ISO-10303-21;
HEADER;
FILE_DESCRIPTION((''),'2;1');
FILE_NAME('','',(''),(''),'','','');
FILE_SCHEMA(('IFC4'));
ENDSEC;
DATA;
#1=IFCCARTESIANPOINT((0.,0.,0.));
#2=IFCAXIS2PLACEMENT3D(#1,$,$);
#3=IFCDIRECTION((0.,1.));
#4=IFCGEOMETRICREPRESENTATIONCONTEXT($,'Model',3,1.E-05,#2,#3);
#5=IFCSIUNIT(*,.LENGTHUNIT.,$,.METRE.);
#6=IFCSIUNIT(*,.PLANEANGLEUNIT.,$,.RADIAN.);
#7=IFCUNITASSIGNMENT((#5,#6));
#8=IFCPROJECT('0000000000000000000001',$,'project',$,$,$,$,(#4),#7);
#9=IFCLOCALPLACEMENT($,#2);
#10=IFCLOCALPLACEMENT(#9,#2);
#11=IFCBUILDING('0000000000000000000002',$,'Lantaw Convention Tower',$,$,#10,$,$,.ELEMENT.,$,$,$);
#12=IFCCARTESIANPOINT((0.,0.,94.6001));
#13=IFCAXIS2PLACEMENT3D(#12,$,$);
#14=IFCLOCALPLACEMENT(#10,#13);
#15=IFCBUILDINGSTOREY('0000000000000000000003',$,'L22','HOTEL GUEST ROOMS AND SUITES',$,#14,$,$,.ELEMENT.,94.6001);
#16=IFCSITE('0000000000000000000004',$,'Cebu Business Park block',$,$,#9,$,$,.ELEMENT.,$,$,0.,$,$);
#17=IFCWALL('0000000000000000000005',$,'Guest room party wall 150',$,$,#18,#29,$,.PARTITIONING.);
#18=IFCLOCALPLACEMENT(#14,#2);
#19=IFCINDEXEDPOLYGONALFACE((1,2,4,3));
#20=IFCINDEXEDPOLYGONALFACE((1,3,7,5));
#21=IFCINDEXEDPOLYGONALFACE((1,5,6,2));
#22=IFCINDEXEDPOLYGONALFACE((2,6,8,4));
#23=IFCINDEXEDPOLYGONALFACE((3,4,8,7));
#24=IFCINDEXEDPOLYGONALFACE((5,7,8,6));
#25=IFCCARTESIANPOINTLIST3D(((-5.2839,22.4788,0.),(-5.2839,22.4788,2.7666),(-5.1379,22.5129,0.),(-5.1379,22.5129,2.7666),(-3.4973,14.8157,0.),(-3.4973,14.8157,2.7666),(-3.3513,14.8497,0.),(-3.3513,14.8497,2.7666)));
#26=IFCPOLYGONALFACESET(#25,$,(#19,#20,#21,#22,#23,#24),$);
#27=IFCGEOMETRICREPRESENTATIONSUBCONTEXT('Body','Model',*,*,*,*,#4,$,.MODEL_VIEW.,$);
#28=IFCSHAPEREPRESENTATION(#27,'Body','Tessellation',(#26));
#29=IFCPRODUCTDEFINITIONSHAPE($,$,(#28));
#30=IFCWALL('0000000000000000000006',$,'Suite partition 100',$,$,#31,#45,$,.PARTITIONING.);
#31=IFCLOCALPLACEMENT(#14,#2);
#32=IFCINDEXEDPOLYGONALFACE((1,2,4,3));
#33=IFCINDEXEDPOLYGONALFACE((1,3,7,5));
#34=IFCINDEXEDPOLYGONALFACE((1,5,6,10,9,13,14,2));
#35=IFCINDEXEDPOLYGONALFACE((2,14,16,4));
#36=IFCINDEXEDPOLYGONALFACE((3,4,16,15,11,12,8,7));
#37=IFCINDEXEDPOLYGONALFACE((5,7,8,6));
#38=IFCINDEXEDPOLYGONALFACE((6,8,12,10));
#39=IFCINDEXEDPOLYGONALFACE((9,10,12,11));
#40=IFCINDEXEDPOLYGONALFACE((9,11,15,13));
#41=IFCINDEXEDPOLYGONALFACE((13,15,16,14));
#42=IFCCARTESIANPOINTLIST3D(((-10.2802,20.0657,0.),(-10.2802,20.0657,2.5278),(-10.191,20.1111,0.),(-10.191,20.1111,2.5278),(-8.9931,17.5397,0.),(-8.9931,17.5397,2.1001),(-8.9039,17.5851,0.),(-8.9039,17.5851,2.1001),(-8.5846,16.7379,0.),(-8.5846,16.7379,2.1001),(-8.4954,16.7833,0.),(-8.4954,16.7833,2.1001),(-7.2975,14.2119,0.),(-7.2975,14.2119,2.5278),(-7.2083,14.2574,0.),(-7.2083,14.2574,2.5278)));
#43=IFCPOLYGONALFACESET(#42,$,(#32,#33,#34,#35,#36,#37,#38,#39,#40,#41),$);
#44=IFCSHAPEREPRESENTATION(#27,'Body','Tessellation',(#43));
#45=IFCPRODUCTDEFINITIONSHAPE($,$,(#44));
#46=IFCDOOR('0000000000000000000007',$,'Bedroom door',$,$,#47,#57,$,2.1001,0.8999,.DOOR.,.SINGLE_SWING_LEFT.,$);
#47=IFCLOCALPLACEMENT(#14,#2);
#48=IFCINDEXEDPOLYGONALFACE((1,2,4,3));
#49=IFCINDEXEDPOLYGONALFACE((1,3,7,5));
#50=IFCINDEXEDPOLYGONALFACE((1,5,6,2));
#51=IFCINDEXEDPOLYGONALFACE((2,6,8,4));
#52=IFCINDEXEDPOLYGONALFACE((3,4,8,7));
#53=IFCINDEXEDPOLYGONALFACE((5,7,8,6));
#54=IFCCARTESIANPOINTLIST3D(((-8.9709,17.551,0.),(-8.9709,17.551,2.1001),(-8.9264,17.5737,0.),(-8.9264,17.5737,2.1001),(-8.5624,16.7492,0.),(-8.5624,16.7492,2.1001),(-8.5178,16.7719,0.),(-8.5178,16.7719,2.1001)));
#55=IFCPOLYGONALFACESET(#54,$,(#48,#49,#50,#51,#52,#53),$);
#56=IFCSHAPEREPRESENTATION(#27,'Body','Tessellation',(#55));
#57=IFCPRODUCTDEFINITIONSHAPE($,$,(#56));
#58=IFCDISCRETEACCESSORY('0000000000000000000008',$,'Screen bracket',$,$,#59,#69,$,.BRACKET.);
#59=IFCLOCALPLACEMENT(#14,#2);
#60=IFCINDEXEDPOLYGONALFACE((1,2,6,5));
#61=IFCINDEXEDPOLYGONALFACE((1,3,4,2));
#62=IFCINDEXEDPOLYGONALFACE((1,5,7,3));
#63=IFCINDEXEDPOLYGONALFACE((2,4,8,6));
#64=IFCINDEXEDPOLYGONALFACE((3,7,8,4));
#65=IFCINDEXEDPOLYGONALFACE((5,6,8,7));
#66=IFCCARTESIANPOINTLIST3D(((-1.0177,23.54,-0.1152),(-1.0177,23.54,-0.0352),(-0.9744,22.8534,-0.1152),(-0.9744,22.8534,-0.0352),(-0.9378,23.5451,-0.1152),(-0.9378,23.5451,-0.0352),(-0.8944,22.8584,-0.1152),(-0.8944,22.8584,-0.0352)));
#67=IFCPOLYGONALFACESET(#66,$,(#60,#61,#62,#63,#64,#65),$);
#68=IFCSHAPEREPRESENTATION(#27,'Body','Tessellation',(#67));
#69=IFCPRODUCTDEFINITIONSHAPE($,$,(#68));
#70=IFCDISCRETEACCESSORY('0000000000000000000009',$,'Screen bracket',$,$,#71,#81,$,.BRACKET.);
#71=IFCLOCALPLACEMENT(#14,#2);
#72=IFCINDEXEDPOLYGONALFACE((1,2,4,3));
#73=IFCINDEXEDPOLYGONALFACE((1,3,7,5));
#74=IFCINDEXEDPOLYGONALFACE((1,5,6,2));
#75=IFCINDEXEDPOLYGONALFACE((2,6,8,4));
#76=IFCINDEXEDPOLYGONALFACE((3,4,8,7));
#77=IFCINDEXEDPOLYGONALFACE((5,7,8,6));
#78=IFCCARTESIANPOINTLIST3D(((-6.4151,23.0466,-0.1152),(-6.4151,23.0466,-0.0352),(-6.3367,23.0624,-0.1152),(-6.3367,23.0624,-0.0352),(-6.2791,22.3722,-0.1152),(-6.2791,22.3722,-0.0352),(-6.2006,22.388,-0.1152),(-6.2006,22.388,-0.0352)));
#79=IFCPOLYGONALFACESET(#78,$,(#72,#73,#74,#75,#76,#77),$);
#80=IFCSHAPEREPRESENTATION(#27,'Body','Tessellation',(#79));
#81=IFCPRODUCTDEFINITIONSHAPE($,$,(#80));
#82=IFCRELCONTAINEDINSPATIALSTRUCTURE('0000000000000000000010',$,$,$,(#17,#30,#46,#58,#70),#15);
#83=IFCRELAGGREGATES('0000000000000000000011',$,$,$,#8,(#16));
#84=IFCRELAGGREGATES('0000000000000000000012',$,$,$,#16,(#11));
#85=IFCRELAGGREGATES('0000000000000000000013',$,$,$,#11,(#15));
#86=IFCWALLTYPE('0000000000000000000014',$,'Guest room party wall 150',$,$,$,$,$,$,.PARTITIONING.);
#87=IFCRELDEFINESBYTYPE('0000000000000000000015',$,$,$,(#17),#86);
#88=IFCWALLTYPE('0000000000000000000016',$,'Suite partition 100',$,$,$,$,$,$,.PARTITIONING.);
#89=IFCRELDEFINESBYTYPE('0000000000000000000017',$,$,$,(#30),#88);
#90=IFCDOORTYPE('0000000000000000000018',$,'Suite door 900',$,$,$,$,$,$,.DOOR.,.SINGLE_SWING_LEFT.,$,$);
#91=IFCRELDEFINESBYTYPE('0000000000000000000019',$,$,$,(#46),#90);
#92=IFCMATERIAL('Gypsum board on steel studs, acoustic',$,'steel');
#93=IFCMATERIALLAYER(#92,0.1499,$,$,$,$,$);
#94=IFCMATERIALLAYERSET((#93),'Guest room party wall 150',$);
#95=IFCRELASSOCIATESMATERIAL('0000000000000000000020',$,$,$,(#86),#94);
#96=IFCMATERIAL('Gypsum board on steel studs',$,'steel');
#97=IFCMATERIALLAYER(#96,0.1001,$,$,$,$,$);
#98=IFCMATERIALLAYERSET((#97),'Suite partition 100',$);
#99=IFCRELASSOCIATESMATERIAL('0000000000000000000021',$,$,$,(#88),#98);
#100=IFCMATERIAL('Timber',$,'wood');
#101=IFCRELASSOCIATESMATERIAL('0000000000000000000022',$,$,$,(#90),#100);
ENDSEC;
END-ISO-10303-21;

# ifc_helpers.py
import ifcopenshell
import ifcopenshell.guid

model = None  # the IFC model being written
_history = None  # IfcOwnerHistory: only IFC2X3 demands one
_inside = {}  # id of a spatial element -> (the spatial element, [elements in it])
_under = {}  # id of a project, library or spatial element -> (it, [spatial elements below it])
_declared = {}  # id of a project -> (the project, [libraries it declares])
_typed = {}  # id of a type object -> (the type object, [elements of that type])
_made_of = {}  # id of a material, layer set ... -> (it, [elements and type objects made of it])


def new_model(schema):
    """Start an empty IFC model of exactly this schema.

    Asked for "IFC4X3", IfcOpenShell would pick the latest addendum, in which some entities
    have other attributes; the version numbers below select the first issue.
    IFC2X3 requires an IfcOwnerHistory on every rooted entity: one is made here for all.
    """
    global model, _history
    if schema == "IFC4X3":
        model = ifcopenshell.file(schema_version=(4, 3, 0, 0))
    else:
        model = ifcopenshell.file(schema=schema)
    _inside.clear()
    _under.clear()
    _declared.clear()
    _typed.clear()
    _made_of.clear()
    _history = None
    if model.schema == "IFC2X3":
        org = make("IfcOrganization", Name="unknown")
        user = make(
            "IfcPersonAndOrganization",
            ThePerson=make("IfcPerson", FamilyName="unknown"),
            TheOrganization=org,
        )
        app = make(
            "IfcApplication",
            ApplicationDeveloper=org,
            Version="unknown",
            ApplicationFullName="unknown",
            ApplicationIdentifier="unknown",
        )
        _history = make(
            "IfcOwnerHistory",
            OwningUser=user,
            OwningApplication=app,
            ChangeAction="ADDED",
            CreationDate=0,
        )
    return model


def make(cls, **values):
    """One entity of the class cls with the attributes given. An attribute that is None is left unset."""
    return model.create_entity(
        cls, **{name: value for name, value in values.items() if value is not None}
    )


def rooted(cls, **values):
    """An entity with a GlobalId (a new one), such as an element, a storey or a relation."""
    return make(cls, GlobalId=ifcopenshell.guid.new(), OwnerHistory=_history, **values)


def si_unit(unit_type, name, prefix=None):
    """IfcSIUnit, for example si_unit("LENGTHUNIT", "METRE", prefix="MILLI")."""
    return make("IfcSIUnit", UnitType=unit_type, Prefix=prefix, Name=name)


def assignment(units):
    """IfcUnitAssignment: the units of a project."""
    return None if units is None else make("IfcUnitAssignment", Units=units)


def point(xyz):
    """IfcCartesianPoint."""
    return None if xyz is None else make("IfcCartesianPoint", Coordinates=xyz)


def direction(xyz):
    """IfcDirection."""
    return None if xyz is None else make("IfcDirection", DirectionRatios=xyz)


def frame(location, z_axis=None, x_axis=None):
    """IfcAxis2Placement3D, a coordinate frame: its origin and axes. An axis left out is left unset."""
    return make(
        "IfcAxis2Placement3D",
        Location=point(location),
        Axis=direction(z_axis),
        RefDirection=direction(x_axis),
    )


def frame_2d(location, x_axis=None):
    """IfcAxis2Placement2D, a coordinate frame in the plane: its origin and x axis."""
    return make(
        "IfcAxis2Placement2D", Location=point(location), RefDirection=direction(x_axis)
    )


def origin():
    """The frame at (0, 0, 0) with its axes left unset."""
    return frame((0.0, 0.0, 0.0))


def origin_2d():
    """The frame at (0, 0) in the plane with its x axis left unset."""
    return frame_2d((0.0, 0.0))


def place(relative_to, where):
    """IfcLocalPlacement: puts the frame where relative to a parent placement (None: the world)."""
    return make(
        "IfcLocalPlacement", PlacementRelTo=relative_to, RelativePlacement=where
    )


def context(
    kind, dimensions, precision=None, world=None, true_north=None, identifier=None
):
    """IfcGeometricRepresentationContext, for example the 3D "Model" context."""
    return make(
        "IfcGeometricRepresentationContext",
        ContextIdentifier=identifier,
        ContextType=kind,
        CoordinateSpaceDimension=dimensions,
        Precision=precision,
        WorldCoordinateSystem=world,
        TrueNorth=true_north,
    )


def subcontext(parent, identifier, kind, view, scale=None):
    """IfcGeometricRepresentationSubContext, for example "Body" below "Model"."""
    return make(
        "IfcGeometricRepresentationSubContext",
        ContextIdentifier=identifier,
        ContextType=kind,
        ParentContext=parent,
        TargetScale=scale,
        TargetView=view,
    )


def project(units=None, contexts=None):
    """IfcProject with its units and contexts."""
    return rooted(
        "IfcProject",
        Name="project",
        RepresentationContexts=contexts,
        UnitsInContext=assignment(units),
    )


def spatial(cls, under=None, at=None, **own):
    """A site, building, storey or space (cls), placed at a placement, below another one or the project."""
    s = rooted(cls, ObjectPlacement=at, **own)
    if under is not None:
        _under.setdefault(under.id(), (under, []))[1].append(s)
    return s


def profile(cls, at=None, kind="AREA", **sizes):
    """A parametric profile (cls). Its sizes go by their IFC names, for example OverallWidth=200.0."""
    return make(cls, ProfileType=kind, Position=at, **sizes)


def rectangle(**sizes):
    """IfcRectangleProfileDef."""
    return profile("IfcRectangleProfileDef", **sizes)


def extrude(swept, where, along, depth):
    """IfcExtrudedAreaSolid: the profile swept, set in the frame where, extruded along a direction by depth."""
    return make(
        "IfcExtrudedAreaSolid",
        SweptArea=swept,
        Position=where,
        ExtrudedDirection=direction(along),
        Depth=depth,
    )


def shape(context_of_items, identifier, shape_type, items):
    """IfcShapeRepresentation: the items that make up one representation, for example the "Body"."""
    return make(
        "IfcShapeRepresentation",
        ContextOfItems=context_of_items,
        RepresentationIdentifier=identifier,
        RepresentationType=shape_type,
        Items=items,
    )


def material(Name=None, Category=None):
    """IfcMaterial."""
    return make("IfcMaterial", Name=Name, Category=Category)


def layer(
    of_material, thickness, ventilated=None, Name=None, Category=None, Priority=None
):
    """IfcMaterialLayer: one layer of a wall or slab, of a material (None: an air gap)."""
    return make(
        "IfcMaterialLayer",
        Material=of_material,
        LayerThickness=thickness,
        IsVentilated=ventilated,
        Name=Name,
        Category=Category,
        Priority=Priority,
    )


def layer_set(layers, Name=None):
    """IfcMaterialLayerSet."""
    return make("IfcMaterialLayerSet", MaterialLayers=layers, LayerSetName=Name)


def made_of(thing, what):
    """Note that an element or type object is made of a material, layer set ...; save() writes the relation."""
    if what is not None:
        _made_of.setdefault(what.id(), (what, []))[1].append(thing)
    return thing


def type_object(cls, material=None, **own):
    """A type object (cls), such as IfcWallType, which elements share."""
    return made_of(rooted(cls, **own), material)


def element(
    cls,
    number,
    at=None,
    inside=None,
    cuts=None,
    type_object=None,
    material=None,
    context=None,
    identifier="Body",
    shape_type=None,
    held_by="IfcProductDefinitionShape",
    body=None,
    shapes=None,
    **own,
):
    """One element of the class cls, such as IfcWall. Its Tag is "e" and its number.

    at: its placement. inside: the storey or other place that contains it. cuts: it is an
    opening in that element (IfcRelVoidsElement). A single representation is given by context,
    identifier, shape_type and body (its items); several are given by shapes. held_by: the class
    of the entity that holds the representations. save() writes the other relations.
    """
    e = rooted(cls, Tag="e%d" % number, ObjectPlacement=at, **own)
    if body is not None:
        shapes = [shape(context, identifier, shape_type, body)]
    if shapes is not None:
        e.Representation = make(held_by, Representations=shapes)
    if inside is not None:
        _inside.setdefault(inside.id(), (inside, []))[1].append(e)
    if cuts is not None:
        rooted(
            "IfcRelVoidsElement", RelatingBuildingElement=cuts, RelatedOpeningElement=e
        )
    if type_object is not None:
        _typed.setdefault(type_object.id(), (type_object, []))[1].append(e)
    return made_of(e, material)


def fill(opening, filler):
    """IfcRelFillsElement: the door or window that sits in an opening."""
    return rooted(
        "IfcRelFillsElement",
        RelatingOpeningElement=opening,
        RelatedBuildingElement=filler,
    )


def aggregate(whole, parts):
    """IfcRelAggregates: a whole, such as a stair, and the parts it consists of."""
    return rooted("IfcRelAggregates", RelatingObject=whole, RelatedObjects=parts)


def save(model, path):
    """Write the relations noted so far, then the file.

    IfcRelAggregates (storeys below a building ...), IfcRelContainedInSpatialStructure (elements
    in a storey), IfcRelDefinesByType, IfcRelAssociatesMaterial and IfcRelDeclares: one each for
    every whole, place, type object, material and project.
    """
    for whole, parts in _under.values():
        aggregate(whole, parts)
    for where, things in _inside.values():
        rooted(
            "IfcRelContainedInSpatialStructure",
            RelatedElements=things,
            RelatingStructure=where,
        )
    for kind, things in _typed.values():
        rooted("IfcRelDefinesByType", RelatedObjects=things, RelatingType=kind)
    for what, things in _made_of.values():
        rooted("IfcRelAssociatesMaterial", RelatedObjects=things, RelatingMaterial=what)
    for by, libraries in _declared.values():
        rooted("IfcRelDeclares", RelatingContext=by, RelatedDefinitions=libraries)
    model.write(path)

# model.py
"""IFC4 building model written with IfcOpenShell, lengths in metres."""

from ifc_helpers import new_model, si_unit, direction, frame, frame_2d, origin, origin_2d, place, context, subcontext, project, spatial, rectangle, extrude, material, layer, layer_set, type_object, element, fill, save


model = new_model("IFC4")

# Units and contexts
model_context = context("Model", 3, precision=1e-05, world=origin(), true_north=direction((0.0, 1.0)))
body_context = subcontext(model_context, "Body", "Model", "MODEL_VIEW")
ifc_project = project(units=[si_unit("LENGTHUNIT", "METRE"), si_unit("PLANEANGLEUNIT", "RADIAN")], contexts=[model_context])

# Site, building, storey
site_placement = place(None, origin())
site = spatial("IfcSite", under=ifc_project, at=site_placement, Name="Cebu Business Park block", CompositionType="ELEMENT", RefElevation=0.0)
building_placement = place(site_placement, origin())
building = spatial("IfcBuilding", under=site, at=building_placement, Name="Lantaw Convention Tower", CompositionType="ELEMENT")
storey_placement = place(building_placement, frame((0.0, 0.0, 94.6001)))
storey = spatial("IfcBuildingStorey", under=building, at=storey_placement, Name="L22", Description="HOTEL GUEST ROOMS AND SUITES", CompositionType="ELEMENT", Elevation=94.6001)

# Wall
ifc_material_1 = material(Name="Gypsum board on steel studs, acoustic", Category="steel")
ifc_layer_1 = layer(ifc_material_1, 0.1499)
ifc_layer_set_1 = layer_set([ifc_layer_1], Name="Guest room party wall 150")
wall_type_1 = type_object("IfcWallType", Name="Guest room party wall 150", PredefinedType="PARTITIONING", material=ifc_layer_set_1)
wall_1_placement = place(storey_placement, frame((-5.2109, 22.4958, 0.0), z_axis=(0.0, 0.0, 1.0), x_axis=(0.227057, -0.973881, 0.0)))
element("IfcWall", 1, at=wall_1_placement, inside=storey, type_object=wall_type_1, Name="Guest room party wall 150", PredefinedType="PARTITIONING", context=body_context, shape_type="SweptSolid", body=[
    extrude(rectangle(XDim=7.8687, YDim=0.1499, at=frame_2d((3.9343, 0.0))), origin(), (0.0, 0.0, 1.0), 2.7666),
])

# Wall, opening, door
ifc_material_2 = material(Name="Gypsum board on steel studs", Category="steel")
ifc_layer_2 = layer(ifc_material_2, 0.1001)
ifc_layer_set_2 = layer_set([ifc_layer_2], Name="Suite partition 100")
wall_type_2 = type_object("IfcWallType", Name="Suite partition 100", PredefinedType="PARTITIONING", material=ifc_layer_set_2)
wall_2_placement = place(storey_placement, frame((-10.2356, 20.0884, 0.0), z_axis=(0.0, 0.0, 1.0), x_axis=(0.453994, -0.891005, 0.0)))
wall_2 = element("IfcWall", 2, at=wall_2_placement, inside=storey, type_object=wall_type_2, Name="Suite partition 100", PredefinedType="PARTITIONING", context=body_context, shape_type="SweptSolid", body=[
    extrude(rectangle(XDim=6.5698, YDim=0.1001, at=frame_2d((3.2849, 0.0))), origin(), (0.0, 0.0, 1.0), 2.5278),
])
opening_1_placement = place(wall_2_placement, frame((2.835, 0.0, 0.0)))
opening_1 = element("IfcOpeningElement", 3, at=opening_1_placement, cuts=wall_2, PredefinedType="OPENING", context=body_context, shape_type="SweptSolid", body=[
    extrude(rectangle(XDim=0.8999, YDim=2.1001, at=frame_2d((0.45, 1.05))), frame((0.0, 0.0601, 0.0), z_axis=(0.0, -1.0, 0.0), x_axis=(1.0, 0.0, 0.0)), (0.0, 0.0, 1.0), 0.1201),
])
ifc_material_3 = material(Name="Timber", Category="wood")
door_type = type_object("IfcDoorType", Name="Suite door 900", OperationType="SINGLE_SWING_LEFT", PredefinedType="DOOR", material=ifc_material_3)
door_placement = place(opening_1_placement, origin())
door = element("IfcDoor", 4, at=door_placement, inside=storey, type_object=door_type, Name="Bedroom door", OperationType="SINGLE_SWING_LEFT", OverallHeight=2.1001, OverallWidth=0.8999, PredefinedType="DOOR", context=body_context, shape_type="SweptSolid", body=[
    extrude(rectangle(XDim=0.8999, YDim=2.1001, at=frame_2d((0.45, 1.05))), frame((0.0, 0.0249, 0.0), z_axis=(0.0, -1.0, 0.0), x_axis=(1.0, 0.0, 0.0)), (0.0, 0.0, 1.0), 0.05),
])
fill(opening_1, door)

# Discrete accessories
for number, where, z_axis, x_axis, name in (
    (5, (-0.9561, 23.1992, -0.1152), (0.0, 0.0, 1.0), (-0.998016, -0.062958, 0.0), "Screen bracket"),
    (6, (-6.3079, 22.7173, -0.1152), (0.0, 0.0, 1.0), (-0.980245, -0.197789, 0.0), "Screen bracket"),
):
    element("IfcDiscreteAccessory", number, at=place(storey_placement, frame(where, z_axis=z_axis, x_axis=x_axis)), inside=storey, Name=name, PredefinedType="BRACKET", context=body_context, shape_type="SweptSolid", body=[
        extrude(rectangle(XDim=0.0801, YDim=0.688, at=origin_2d()), origin(), (0.0, 0.0, 1.0), 0.0801),
    ])

save(model, "model.ifc")
